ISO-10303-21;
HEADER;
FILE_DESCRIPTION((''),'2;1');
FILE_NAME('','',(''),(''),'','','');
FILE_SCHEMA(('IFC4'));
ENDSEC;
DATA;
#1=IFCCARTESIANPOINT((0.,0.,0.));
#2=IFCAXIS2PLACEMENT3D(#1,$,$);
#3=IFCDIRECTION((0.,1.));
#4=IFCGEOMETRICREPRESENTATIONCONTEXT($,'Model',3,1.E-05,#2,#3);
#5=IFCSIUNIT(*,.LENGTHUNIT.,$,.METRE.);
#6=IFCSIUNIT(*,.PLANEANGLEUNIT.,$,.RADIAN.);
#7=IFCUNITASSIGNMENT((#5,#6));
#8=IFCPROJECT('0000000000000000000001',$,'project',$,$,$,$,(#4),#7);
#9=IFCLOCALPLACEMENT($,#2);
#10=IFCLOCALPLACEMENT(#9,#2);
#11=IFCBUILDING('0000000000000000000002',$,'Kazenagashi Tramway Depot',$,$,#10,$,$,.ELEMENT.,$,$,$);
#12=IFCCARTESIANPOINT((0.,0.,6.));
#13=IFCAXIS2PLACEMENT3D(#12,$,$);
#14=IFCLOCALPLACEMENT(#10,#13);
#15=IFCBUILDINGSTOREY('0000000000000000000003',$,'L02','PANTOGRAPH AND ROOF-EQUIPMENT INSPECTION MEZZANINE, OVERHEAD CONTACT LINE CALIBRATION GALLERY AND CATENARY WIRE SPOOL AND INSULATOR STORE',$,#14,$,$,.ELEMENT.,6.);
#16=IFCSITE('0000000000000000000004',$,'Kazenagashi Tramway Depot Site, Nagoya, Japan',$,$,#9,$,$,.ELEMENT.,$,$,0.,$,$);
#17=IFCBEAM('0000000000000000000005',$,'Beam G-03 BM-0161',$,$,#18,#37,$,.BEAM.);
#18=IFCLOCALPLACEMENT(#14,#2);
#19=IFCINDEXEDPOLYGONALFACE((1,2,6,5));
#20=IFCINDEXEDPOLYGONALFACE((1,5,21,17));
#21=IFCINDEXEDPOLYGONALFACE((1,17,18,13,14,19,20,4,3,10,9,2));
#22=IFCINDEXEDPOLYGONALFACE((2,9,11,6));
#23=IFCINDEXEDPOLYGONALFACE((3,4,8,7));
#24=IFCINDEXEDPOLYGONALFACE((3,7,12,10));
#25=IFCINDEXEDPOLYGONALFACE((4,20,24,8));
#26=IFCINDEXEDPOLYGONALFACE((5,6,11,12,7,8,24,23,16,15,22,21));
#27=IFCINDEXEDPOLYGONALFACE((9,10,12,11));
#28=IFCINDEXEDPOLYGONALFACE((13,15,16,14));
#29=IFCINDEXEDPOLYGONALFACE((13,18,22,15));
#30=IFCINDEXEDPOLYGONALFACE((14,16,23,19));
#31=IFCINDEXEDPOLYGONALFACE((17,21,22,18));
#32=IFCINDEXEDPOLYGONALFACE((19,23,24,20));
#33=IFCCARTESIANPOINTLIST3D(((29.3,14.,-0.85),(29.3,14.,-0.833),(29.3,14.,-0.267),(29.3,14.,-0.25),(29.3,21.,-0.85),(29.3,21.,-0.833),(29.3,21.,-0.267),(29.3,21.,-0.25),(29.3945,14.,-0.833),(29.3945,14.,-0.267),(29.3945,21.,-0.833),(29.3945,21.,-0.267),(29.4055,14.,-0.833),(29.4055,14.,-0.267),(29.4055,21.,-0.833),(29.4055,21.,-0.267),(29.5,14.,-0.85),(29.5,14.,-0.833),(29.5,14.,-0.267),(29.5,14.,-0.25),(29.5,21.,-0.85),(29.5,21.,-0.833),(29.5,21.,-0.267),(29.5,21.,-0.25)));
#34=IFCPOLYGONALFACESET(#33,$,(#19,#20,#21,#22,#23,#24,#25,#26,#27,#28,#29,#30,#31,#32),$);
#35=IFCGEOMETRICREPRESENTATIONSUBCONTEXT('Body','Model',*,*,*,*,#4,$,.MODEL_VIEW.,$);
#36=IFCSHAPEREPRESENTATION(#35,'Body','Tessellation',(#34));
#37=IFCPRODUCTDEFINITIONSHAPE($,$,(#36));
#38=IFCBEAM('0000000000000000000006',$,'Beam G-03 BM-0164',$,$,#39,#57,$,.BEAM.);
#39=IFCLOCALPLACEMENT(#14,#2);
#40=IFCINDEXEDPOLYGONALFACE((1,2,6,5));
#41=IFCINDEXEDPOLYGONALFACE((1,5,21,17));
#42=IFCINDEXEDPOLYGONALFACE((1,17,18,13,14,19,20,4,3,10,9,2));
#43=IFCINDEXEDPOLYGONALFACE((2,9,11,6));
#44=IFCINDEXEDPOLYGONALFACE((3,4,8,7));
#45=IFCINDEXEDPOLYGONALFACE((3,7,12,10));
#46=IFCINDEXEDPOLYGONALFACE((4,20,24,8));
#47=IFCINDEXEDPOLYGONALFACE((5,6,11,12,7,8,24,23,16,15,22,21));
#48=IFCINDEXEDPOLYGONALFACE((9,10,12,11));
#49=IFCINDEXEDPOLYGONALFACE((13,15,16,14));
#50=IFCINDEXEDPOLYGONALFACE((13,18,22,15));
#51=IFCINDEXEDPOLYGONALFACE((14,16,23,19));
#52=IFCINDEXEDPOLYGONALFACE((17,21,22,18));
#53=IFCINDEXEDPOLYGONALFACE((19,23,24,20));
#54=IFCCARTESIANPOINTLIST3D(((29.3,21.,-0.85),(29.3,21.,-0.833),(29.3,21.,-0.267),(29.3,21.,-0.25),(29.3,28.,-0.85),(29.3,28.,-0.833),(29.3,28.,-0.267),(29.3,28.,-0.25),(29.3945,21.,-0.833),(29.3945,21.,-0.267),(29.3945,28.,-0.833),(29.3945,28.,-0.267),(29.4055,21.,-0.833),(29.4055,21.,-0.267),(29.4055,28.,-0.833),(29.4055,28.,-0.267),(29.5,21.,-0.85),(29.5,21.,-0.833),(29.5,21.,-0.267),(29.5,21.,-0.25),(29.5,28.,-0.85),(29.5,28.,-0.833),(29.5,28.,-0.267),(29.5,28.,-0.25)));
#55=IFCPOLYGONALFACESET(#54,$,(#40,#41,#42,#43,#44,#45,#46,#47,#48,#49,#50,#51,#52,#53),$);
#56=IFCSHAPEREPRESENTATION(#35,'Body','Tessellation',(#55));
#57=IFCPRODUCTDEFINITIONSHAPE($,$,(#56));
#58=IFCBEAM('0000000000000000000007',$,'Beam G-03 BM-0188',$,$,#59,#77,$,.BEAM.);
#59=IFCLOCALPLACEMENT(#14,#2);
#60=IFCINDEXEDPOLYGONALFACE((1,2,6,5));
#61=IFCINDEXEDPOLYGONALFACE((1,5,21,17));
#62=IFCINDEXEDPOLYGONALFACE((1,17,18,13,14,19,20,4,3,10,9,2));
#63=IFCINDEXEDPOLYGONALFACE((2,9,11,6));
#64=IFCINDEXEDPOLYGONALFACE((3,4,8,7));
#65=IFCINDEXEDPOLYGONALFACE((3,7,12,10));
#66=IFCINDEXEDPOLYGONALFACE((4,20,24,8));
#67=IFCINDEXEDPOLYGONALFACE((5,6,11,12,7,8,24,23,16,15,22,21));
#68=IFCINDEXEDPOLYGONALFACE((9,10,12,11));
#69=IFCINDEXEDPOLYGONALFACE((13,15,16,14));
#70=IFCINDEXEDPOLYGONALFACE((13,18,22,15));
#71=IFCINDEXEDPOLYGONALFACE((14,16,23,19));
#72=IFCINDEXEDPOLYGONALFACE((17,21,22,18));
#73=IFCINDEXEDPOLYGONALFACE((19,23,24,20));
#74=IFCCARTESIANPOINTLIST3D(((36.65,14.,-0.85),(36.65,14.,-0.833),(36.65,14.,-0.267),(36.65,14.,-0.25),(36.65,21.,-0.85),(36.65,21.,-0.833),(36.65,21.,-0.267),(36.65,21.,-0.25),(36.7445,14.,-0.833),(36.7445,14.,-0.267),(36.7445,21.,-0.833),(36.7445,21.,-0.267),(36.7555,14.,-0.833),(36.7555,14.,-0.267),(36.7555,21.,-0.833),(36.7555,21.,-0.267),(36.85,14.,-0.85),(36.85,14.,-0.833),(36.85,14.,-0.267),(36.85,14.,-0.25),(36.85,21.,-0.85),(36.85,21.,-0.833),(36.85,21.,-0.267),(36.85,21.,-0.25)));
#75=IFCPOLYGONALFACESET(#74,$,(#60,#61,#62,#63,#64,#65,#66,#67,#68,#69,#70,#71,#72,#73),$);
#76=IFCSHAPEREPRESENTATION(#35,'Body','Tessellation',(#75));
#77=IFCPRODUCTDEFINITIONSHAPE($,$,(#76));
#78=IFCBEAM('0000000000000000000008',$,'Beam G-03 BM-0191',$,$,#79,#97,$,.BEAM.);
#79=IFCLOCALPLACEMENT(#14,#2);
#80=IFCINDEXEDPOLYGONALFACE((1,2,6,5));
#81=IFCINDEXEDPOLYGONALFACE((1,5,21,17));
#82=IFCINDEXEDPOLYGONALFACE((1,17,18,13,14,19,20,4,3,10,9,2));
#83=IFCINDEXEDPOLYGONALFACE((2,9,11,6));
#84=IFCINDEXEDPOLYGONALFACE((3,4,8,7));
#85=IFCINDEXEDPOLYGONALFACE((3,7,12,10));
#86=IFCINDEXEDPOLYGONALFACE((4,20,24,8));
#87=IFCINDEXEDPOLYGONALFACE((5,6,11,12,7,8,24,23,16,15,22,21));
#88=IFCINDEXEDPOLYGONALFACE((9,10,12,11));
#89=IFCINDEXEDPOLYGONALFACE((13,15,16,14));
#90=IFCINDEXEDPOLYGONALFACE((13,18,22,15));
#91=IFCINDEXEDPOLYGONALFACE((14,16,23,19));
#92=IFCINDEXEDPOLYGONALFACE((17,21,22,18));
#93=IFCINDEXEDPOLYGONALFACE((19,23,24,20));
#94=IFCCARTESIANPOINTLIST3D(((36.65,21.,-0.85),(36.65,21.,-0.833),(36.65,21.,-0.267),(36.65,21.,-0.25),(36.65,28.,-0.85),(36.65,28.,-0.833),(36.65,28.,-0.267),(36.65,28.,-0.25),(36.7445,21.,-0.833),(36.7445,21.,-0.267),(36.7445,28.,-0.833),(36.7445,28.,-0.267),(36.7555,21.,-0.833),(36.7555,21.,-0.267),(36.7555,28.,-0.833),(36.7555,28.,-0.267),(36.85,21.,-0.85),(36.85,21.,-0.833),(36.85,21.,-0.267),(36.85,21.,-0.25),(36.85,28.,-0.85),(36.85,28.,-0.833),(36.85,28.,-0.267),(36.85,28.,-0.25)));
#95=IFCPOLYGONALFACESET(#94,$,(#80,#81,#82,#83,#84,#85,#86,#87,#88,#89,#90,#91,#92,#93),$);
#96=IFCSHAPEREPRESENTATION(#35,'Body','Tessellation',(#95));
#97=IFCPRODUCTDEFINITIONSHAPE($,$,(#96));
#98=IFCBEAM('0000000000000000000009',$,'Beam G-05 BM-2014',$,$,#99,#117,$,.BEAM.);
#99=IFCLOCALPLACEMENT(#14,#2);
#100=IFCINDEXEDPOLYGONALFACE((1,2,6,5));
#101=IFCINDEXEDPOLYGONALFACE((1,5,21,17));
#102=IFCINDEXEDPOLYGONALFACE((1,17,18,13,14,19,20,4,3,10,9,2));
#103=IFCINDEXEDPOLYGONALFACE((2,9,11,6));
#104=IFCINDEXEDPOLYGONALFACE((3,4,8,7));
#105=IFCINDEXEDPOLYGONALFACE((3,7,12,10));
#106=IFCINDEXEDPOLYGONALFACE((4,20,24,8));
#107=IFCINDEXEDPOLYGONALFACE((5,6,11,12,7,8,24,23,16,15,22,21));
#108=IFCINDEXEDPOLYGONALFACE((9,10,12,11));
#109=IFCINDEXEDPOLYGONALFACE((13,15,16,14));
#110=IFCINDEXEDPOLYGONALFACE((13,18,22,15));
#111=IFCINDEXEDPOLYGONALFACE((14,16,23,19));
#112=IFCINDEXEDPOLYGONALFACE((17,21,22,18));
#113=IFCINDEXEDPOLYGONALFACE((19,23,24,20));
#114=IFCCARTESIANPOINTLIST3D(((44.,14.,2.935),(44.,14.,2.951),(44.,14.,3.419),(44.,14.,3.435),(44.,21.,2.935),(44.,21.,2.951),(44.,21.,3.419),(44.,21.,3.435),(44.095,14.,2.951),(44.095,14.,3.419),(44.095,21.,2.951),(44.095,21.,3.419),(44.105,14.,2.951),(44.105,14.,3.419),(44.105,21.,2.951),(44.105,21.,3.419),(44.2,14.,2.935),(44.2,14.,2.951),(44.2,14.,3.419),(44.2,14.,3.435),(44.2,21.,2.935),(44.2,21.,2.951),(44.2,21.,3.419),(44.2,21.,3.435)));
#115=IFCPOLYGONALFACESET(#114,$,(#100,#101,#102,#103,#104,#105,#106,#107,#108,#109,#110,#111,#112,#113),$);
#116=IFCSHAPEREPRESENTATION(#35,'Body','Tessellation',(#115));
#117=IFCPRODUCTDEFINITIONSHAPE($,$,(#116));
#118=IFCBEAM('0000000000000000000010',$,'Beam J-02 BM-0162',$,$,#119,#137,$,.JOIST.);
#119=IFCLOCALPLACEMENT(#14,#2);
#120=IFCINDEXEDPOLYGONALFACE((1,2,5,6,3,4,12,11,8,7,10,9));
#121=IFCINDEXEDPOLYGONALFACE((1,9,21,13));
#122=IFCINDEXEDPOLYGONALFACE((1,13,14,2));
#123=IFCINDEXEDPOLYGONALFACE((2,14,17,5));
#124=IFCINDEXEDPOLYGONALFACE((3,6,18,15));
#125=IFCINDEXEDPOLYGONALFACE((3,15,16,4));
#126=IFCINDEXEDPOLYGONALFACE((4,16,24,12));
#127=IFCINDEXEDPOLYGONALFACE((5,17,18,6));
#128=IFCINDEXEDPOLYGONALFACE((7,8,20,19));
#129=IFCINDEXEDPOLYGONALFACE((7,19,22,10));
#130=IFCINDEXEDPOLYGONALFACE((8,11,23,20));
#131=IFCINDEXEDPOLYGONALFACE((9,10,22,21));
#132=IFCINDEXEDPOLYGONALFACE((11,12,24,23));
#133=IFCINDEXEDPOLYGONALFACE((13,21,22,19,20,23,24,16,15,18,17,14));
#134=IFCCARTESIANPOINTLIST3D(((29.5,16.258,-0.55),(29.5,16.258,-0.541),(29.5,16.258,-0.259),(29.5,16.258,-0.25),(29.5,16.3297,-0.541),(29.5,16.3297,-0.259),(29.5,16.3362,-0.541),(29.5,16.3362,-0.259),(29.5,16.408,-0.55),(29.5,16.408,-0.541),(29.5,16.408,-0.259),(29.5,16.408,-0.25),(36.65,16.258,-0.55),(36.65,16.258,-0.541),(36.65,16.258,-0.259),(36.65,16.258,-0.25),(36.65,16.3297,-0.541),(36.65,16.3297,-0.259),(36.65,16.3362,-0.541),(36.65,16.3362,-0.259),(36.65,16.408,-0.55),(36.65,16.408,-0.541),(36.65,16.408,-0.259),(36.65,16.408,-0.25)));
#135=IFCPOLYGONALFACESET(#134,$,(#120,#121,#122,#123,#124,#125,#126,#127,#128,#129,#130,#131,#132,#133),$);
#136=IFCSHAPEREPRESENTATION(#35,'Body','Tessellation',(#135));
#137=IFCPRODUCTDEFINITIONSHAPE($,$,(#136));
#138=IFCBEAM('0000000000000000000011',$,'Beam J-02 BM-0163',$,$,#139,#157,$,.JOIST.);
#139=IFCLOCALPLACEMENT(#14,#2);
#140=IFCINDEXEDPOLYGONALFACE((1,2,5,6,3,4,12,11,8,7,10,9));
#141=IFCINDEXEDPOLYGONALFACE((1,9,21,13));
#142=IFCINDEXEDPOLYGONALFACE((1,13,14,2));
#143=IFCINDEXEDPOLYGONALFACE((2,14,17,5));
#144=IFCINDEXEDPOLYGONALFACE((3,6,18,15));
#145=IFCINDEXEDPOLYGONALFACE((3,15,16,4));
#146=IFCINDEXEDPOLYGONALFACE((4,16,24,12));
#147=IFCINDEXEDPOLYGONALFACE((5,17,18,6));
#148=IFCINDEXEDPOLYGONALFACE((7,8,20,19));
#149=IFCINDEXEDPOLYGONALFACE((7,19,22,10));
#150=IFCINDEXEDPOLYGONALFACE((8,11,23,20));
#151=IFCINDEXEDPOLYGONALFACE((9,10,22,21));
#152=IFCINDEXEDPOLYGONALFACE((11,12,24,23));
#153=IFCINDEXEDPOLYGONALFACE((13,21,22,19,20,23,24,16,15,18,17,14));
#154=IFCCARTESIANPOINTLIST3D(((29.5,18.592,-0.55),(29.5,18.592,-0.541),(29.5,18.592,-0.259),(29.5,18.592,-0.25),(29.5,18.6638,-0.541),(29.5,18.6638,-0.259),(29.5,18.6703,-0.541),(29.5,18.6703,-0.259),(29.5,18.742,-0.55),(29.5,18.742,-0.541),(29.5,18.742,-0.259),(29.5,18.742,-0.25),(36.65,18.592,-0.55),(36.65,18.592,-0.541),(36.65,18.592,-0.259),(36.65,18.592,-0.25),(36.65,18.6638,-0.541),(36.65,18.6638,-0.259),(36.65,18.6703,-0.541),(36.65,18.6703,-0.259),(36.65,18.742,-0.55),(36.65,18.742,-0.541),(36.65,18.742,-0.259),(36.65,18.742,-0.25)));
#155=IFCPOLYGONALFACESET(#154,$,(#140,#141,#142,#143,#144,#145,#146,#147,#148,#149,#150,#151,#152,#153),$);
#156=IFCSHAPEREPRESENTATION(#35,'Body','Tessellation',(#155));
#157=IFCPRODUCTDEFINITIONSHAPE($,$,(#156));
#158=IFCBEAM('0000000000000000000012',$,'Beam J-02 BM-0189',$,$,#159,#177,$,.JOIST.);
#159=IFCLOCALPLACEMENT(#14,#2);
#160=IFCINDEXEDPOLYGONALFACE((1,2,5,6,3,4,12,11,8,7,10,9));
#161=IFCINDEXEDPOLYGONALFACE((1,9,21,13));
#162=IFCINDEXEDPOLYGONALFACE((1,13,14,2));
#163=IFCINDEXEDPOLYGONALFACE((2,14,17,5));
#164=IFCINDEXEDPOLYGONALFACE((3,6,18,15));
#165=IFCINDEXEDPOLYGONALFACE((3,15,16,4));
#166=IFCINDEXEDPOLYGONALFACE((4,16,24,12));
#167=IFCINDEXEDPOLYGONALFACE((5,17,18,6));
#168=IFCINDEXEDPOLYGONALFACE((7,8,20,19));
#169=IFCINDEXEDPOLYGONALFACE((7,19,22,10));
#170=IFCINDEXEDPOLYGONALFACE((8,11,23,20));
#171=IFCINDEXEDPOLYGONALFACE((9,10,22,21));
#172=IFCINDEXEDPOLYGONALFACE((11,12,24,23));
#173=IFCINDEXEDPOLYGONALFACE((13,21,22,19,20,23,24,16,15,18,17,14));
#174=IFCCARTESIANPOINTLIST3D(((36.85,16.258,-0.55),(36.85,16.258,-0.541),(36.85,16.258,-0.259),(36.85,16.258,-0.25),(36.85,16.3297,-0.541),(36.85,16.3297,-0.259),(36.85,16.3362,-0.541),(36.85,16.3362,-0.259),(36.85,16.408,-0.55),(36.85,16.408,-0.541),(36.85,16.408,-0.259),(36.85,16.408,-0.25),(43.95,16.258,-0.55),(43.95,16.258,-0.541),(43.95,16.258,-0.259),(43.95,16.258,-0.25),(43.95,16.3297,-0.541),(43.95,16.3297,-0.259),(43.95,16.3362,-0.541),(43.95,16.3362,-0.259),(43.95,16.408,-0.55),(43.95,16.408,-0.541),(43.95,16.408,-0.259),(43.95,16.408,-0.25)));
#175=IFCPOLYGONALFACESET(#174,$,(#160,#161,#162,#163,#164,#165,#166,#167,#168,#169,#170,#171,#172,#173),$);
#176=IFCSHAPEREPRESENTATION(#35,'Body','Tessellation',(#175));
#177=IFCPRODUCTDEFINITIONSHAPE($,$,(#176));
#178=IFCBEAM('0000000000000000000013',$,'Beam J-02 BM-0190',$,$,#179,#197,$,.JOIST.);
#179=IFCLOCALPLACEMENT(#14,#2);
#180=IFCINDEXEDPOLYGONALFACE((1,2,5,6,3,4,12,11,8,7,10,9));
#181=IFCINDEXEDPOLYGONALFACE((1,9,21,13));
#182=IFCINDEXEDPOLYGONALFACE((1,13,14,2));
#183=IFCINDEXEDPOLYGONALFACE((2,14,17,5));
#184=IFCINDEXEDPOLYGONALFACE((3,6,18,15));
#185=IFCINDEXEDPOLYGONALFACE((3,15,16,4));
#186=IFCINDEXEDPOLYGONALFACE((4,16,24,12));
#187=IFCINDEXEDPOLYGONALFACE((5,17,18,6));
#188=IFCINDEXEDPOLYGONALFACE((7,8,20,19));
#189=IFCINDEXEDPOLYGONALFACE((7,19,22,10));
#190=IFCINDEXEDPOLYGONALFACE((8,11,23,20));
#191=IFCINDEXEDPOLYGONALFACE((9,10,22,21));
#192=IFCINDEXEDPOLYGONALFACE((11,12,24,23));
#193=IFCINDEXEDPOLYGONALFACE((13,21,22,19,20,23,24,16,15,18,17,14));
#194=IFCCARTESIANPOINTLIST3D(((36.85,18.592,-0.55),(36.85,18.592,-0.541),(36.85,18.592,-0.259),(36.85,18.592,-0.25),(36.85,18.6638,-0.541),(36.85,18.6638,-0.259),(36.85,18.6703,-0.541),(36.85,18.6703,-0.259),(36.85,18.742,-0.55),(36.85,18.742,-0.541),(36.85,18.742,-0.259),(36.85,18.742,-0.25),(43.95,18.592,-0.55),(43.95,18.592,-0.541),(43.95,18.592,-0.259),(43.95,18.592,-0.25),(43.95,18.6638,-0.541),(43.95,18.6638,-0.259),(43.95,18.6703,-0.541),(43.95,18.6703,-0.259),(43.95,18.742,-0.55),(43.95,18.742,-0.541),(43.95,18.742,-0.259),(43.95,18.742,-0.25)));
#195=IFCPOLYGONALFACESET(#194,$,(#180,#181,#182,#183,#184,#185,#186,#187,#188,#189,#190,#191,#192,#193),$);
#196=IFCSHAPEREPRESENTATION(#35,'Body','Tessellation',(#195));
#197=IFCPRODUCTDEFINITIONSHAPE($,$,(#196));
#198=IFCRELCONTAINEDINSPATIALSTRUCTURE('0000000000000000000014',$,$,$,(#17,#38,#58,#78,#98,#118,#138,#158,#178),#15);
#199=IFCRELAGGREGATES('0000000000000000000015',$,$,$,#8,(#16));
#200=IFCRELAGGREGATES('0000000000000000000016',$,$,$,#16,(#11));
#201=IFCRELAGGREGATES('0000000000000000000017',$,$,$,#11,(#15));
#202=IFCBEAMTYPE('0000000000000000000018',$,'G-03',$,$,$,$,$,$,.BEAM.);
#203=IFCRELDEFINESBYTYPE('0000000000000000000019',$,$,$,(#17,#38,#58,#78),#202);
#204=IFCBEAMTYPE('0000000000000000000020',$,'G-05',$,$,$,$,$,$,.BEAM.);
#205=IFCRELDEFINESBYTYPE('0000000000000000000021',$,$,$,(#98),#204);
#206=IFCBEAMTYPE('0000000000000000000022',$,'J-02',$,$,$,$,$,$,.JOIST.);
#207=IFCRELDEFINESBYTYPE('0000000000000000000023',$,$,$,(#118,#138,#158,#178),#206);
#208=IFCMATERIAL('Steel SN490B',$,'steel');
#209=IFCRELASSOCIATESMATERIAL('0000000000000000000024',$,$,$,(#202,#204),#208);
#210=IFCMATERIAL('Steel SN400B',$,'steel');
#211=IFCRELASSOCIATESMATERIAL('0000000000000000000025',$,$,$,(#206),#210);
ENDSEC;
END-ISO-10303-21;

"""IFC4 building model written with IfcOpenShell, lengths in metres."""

from ifc_helpers import new_model, si_unit, direction, frame, origin, origin_2d, place, context, subcontext, project, spatial, i_section, extrude, material, material_profile, profile_set, type_object, element, save


model = new_model("IFC4")

# Units and contexts
model_context = context("Model", 3, precision=1e-05, world=origin(), true_north=direction((0.0, 1.0)))
body_context = subcontext(model_context, "Body", "Model", "MODEL_VIEW")
ifc_project = project(units=[si_unit("LENGTHUNIT", "METRE"), si_unit("PLANEANGLEUNIT", "RADIAN")], contexts=[model_context])

# Site, building, storey
site_placement = place(None, origin())
site = spatial("IfcSite", under=ifc_project, at=site_placement, Name="Kazenagashi Tramway Depot Site, Nagoya, Japan", CompositionType="ELEMENT", RefElevation=0.0)
building_placement = place(site_placement, origin())
building = spatial("IfcBuilding", under=site, at=building_placement, Name="Kazenagashi Tramway Depot", CompositionType="ELEMENT")
storey_placement = place(building_placement, frame((0.0, 0.0, 6.0)))
storey = spatial("IfcBuildingStorey", under=building, at=storey_placement, Name="L02", Description="PANTOGRAPH AND ROOF-EQUIPMENT INSPECTION MEZZANINE, OVERHEAD CONTACT LINE CALIBRATION GALLERY AND CATENARY WIRE SPOOL AND INSULATOR STORE", CompositionType="ELEMENT", Elevation=6.0)

# Shared definitions
ifc_material_1 = material(Name="Steel SN490B", Category="steel")

# Beams
ifc_material_profile_1 = material_profile(ifc_material_1, i_section(OverallWidth=0.2, OverallDepth=0.6, WebThickness=0.011, FlangeThickness=0.017, at=origin_2d()), Name="H-600x200x11x17")
ifc_profile_set_1 = profile_set([ifc_material_profile_1], Name="Steel SN490B")
beam_type_1 = type_object("IfcBeamType", Name="G-03", PredefinedType="BEAM", material=ifc_profile_set_1)
for number, where, z_axis, x_axis, name in (
    (1, (29.4, 14.0, -0.55), (0.0, 1.0, 0.0), (-1.0, 0.0, 0.0), "Beam G-03 BM-0161"),
    (2, (29.4, 21.0, -0.55), (0.0, 1.0, 0.0), (-1.0, 0.0, 0.0), "Beam G-03 BM-0164"),
    (3, (36.75, 14.0, -0.55), (0.0, 1.0, 0.0), (-1.0, 0.0, 0.0), "Beam G-03 BM-0188"),
    (4, (36.75, 21.0, -0.55), (0.0, 1.0, 0.0), (-1.0, 0.0, 0.0), "Beam G-03 BM-0191"),
):
    element("IfcBeam", number, at=place(storey_placement, frame(where, z_axis=z_axis, x_axis=x_axis)), inside=storey, type_object=beam_type_1, Name=name, PredefinedType="BEAM", context=body_context, shape_type="SweptSolid", body=[
        extrude(i_section(OverallWidth=0.2, OverallDepth=0.6, WebThickness=0.011, FlangeThickness=0.017, at=origin_2d()), origin(), (0.0, 0.0, 1.0), 7.0),
    ])
ifc_material_profile_2 = material_profile(ifc_material_1, i_section(OverallWidth=0.2, OverallDepth=0.5, WebThickness=0.01, FlangeThickness=0.016, at=origin_2d()), Name="H-500x200x10x16")
ifc_profile_set_2 = profile_set([ifc_material_profile_2], Name="Steel SN490B")
beam_type_2 = type_object("IfcBeamType", Name="G-05", PredefinedType="BEAM", material=ifc_profile_set_2)
beam_placement = place(storey_placement, frame((44.1, 14.0, 3.185), z_axis=(0.0, 1.0, 0.0), x_axis=(-1.0, 0.0, 0.0)))
element("IfcBeam", 5, at=beam_placement, inside=storey, type_object=beam_type_2, Name="Beam G-05 BM-2014", PredefinedType="BEAM", context=body_context, shape_type="SweptSolid", body=[
    extrude(i_section(OverallWidth=0.2, OverallDepth=0.5, WebThickness=0.01, FlangeThickness=0.016, at=origin_2d()), origin(), (0.0, 0.0, 1.0), 7.0),
])
ifc_material_2 = material(Name="Steel SN400B", Category="steel")
ifc_material_profile_3 = material_profile(ifc_material_2, i_section(OverallWidth=0.15, OverallDepth=0.3, WebThickness=0.0065, FlangeThickness=0.009, at=origin_2d()), Name="H-300x150x6.5x9")
ifc_profile_set_3 = profile_set([ifc_material_profile_3], Name="Steel SN400B")
beam_type_3 = type_object("IfcBeamType", Name="J-02", PredefinedType="JOIST", material=ifc_profile_set_3)
for number, where, z_axis, x_axis, name in (
    (6, (29.5, 16.333, -0.4), (1.0, 0.0, 0.0), (0.0, 1.0, 0.0), "Beam J-02 BM-0162"),
    (7, (29.5, 18.667, -0.4), (1.0, 0.0, 0.0), (0.0, 1.0, 0.0), "Beam J-02 BM-0163"),
):
    element("IfcBeam", number, at=place(storey_placement, frame(where, z_axis=z_axis, x_axis=x_axis)), inside=storey, type_object=beam_type_3, Name=name, PredefinedType="JOIST", context=body_context, shape_type="SweptSolid", body=[
        extrude(i_section(OverallWidth=0.15, OverallDepth=0.3, WebThickness=0.0065, FlangeThickness=0.009, at=origin_2d()), origin(), (0.0, 0.0, 1.0), 7.15),
    ])
for number, where, z_axis, x_axis, name in (
    (8, (36.85, 16.333, -0.4), (1.0, 0.0, 0.0), (0.0, 1.0, 0.0), "Beam J-02 BM-0189"),
    (9, (36.85, 18.667, -0.4), (1.0, 0.0, 0.0), (0.0, 1.0, 0.0), "Beam J-02 BM-0190"),
):
    element("IfcBeam", number, at=place(storey_placement, frame(where, z_axis=z_axis, x_axis=x_axis)), inside=storey, type_object=beam_type_3, Name=name, PredefinedType="JOIST", context=body_context, shape_type="SweptSolid", body=[
        extrude(i_section(OverallWidth=0.15, OverallDepth=0.3, WebThickness=0.0065, FlangeThickness=0.009, at=origin_2d()), origin(), (0.0, 0.0, 1.0), 7.1),
    ])

save(model, "model.ifc")
